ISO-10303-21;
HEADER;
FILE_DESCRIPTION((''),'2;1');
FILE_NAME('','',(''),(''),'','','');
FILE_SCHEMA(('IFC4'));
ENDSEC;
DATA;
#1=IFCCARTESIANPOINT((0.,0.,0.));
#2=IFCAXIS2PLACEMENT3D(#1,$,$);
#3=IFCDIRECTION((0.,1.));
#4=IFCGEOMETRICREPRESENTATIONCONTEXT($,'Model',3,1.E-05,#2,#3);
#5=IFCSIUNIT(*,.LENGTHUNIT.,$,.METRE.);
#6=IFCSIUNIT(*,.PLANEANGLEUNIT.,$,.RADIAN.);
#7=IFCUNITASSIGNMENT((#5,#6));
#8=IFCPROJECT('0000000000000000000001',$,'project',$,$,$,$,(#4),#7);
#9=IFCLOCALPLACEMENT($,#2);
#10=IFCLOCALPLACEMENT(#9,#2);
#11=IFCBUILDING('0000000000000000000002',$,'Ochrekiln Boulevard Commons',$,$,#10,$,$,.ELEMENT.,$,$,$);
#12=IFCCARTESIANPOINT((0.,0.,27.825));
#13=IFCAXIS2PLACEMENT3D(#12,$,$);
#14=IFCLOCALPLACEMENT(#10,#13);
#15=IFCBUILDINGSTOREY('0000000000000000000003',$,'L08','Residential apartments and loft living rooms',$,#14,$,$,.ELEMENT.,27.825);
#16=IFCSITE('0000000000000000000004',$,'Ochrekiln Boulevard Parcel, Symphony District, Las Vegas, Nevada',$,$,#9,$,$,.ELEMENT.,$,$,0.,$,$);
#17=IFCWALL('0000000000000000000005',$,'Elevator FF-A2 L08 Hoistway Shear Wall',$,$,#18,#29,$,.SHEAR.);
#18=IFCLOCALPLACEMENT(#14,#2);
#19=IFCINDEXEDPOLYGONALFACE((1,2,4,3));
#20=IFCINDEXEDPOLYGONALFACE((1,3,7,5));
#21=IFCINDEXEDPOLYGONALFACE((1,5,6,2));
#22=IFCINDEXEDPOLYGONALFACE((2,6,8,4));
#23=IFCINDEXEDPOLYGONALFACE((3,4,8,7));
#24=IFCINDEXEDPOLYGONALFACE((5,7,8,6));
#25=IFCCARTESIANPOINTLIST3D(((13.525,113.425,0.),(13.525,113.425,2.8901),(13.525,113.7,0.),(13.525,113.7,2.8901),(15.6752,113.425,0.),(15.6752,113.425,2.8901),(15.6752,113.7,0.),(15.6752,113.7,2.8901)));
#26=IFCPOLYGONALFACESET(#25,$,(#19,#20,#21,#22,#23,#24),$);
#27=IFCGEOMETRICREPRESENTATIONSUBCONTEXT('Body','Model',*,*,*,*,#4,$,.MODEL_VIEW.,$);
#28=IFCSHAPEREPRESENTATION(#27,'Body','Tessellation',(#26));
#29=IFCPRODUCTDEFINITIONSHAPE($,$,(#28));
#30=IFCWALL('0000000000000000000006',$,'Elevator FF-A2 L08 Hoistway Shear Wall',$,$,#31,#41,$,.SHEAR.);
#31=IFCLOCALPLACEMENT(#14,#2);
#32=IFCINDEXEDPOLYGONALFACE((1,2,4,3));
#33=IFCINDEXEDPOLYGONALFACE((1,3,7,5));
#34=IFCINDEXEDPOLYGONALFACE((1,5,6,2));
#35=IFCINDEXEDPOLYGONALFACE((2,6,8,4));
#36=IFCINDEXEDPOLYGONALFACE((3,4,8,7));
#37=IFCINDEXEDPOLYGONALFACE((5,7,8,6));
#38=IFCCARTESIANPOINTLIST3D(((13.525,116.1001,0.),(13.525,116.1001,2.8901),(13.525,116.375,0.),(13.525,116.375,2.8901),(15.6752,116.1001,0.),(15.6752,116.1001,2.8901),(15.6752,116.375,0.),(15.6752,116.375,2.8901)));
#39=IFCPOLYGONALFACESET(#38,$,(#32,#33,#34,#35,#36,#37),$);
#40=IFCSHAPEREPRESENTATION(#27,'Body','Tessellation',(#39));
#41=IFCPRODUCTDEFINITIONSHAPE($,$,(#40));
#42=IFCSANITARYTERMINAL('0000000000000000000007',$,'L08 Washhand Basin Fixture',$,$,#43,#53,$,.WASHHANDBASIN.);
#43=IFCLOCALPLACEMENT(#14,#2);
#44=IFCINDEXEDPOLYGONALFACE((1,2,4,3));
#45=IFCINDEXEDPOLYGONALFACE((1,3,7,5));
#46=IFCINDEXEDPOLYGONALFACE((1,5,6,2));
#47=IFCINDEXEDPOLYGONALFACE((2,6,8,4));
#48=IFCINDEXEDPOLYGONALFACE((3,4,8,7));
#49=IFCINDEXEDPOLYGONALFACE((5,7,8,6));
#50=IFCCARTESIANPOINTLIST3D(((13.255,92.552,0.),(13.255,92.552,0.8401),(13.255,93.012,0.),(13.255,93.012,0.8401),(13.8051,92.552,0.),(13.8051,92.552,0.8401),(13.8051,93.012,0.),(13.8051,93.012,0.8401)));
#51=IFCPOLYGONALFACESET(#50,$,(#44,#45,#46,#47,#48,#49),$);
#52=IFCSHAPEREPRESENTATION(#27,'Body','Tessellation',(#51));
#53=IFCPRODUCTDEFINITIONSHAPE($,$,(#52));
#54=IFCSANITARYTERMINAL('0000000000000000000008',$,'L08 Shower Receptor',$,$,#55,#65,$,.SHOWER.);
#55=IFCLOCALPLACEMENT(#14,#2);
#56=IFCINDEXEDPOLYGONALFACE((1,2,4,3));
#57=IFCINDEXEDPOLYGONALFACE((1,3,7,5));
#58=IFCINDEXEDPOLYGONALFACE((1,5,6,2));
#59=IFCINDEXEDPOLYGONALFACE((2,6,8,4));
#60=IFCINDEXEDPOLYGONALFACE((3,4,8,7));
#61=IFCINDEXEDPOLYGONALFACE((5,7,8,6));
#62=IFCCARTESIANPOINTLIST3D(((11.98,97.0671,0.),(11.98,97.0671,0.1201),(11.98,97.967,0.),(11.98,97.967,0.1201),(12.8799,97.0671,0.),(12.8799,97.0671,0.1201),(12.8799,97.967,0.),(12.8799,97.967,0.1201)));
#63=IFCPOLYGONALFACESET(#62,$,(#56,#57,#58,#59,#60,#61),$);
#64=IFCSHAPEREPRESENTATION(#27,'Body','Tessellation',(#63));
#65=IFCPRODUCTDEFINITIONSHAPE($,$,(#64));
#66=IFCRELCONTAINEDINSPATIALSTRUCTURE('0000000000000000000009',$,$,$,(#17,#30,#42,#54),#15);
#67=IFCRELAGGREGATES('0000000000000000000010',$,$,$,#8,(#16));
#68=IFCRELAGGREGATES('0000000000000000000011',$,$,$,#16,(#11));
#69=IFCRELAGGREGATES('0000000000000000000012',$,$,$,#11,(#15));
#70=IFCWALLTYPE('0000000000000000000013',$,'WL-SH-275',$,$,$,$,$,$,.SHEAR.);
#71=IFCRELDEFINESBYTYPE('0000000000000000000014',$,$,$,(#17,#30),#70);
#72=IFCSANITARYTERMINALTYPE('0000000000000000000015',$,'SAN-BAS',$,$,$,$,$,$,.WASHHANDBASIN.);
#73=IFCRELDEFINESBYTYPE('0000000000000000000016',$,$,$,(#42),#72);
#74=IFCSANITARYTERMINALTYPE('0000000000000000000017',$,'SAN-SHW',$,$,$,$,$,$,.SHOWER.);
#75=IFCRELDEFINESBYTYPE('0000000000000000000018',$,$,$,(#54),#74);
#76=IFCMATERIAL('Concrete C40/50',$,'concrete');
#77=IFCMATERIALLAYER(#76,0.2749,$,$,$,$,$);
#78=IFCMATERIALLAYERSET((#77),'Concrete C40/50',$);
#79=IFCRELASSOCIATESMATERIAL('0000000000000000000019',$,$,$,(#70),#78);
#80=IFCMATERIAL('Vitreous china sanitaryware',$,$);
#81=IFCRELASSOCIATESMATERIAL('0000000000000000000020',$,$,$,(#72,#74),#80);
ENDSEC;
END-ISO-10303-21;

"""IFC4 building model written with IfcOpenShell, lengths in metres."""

from ifc_helpers import new_model, si_unit, direction, frame, frame_2d, origin, origin_2d, place, context, subcontext, project, spatial, rectangle, extrude, material, layer, layer_set, type_object, element, save


model = new_model("IFC4")

# Units and contexts
model_context = context("Model", 3, precision=1e-05, world=origin(), true_north=direction((0.0, 1.0)))
body_context = subcontext(model_context, "Body", "Model", "MODEL_VIEW")
ifc_project = project(units=[si_unit("LENGTHUNIT", "METRE"), si_unit("PLANEANGLEUNIT", "RADIAN")], contexts=[model_context])

# Site, building, storey
site_placement = place(None, origin())
site = spatial("IfcSite", under=ifc_project, at=site_placement, Name="Ochrekiln Boulevard Parcel, Symphony District, Las Vegas, Nevada", CompositionType="ELEMENT", RefElevation=0.0)
building_placement = place(site_placement, origin())
building = spatial("IfcBuilding", under=site, at=building_placement, Name="Ochrekiln Boulevard Commons", CompositionType="ELEMENT")
storey_placement = place(building_placement, frame((0.0, 0.0, 27.825)))
storey = spatial("IfcBuildingStorey", under=building, at=storey_placement, Name="L08", Description="Residential apartments and loft living rooms", CompositionType="ELEMENT", Elevation=27.825)

# Walls
ifc_material_1 = material(Name="Concrete C40/50", Category="concrete")
ifc_layer_1 = layer(ifc_material_1, 0.2749)
ifc_layer_set_1 = layer_set([ifc_layer_1], Name="Concrete C40/50")
wall_type_1 = type_object("IfcWallType", Name="WL-SH-275", PredefinedType="SHEAR", material=ifc_layer_set_1)
for number, where, z_axis, x_axis, name in (
    (1, (13.5249, 113.5625, 0.0), (0.0, 0.0, 1.0), (1.0, 0.0, 0.0), "Elevator FF-A2 L08 Hoistway Shear Wall"),
    (2, (13.5249, 116.2375, 0.0), (0.0, 0.0, 1.0), (1.0, 0.0, 0.0), "Elevator FF-A2 L08 Hoistway Shear Wall"),
):
    element("IfcWall", number, at=place(storey_placement, frame(where, z_axis=z_axis, x_axis=x_axis)), inside=storey, type_object=wall_type_1, Name=name, PredefinedType="SHEAR", context=body_context, shape_type="SweptSolid", body=[
        extrude(rectangle(XDim=2.1501, YDim=0.2749, at=frame_2d((1.0752, 0.0))), origin(), (0.0, 0.0, 1.0), 2.8901),
    ])

# Sanitary terminals
ifc_material_2 = material(Name="Vitreous china sanitaryware")
sanitary_terminal_type_1 = type_object("IfcSanitaryTerminalType", Name="SAN-BAS", PredefinedType="WASHHANDBASIN", material=ifc_material_2)
sanitary_terminal_1_placement = place(storey_placement, frame((13.53, 92.782, 0.0), z_axis=(0.0, 0.0, 1.0), x_axis=(1.0, 0.0, 0.0)))
element("IfcSanitaryTerminal", 3, at=sanitary_terminal_1_placement, inside=storey, type_object=sanitary_terminal_type_1, Name="L08 Washhand Basin Fixture", PredefinedType="WASHHANDBASIN", context=body_context, shape_type="SweptSolid", body=[
    extrude(rectangle(XDim=0.55, YDim=0.46, at=origin_2d()), origin(), (0.0, 0.0, 1.0), 0.8401),
])
sanitary_terminal_type_2 = type_object("IfcSanitaryTerminalType", Name="SAN-SHW", PredefinedType="SHOWER", material=ifc_material_2)
sanitary_terminal_2_placement = place(storey_placement, frame((12.4299, 97.5171, 0.0), z_axis=(0.0, 0.0, 1.0), x_axis=(1.0, 0.0, 0.0)))
element("IfcSanitaryTerminal", 4, at=sanitary_terminal_2_placement, inside=storey, type_object=sanitary_terminal_type_2, Name="L08 Shower Receptor", PredefinedType="SHOWER", context=body_context, shape_type="SweptSolid", body=[
    extrude(rectangle(XDim=0.8999, YDim=0.8999, at=origin_2d()), origin(), (0.0, 0.0, 1.0), 0.1201),
])

save(model, "model.ifc")
